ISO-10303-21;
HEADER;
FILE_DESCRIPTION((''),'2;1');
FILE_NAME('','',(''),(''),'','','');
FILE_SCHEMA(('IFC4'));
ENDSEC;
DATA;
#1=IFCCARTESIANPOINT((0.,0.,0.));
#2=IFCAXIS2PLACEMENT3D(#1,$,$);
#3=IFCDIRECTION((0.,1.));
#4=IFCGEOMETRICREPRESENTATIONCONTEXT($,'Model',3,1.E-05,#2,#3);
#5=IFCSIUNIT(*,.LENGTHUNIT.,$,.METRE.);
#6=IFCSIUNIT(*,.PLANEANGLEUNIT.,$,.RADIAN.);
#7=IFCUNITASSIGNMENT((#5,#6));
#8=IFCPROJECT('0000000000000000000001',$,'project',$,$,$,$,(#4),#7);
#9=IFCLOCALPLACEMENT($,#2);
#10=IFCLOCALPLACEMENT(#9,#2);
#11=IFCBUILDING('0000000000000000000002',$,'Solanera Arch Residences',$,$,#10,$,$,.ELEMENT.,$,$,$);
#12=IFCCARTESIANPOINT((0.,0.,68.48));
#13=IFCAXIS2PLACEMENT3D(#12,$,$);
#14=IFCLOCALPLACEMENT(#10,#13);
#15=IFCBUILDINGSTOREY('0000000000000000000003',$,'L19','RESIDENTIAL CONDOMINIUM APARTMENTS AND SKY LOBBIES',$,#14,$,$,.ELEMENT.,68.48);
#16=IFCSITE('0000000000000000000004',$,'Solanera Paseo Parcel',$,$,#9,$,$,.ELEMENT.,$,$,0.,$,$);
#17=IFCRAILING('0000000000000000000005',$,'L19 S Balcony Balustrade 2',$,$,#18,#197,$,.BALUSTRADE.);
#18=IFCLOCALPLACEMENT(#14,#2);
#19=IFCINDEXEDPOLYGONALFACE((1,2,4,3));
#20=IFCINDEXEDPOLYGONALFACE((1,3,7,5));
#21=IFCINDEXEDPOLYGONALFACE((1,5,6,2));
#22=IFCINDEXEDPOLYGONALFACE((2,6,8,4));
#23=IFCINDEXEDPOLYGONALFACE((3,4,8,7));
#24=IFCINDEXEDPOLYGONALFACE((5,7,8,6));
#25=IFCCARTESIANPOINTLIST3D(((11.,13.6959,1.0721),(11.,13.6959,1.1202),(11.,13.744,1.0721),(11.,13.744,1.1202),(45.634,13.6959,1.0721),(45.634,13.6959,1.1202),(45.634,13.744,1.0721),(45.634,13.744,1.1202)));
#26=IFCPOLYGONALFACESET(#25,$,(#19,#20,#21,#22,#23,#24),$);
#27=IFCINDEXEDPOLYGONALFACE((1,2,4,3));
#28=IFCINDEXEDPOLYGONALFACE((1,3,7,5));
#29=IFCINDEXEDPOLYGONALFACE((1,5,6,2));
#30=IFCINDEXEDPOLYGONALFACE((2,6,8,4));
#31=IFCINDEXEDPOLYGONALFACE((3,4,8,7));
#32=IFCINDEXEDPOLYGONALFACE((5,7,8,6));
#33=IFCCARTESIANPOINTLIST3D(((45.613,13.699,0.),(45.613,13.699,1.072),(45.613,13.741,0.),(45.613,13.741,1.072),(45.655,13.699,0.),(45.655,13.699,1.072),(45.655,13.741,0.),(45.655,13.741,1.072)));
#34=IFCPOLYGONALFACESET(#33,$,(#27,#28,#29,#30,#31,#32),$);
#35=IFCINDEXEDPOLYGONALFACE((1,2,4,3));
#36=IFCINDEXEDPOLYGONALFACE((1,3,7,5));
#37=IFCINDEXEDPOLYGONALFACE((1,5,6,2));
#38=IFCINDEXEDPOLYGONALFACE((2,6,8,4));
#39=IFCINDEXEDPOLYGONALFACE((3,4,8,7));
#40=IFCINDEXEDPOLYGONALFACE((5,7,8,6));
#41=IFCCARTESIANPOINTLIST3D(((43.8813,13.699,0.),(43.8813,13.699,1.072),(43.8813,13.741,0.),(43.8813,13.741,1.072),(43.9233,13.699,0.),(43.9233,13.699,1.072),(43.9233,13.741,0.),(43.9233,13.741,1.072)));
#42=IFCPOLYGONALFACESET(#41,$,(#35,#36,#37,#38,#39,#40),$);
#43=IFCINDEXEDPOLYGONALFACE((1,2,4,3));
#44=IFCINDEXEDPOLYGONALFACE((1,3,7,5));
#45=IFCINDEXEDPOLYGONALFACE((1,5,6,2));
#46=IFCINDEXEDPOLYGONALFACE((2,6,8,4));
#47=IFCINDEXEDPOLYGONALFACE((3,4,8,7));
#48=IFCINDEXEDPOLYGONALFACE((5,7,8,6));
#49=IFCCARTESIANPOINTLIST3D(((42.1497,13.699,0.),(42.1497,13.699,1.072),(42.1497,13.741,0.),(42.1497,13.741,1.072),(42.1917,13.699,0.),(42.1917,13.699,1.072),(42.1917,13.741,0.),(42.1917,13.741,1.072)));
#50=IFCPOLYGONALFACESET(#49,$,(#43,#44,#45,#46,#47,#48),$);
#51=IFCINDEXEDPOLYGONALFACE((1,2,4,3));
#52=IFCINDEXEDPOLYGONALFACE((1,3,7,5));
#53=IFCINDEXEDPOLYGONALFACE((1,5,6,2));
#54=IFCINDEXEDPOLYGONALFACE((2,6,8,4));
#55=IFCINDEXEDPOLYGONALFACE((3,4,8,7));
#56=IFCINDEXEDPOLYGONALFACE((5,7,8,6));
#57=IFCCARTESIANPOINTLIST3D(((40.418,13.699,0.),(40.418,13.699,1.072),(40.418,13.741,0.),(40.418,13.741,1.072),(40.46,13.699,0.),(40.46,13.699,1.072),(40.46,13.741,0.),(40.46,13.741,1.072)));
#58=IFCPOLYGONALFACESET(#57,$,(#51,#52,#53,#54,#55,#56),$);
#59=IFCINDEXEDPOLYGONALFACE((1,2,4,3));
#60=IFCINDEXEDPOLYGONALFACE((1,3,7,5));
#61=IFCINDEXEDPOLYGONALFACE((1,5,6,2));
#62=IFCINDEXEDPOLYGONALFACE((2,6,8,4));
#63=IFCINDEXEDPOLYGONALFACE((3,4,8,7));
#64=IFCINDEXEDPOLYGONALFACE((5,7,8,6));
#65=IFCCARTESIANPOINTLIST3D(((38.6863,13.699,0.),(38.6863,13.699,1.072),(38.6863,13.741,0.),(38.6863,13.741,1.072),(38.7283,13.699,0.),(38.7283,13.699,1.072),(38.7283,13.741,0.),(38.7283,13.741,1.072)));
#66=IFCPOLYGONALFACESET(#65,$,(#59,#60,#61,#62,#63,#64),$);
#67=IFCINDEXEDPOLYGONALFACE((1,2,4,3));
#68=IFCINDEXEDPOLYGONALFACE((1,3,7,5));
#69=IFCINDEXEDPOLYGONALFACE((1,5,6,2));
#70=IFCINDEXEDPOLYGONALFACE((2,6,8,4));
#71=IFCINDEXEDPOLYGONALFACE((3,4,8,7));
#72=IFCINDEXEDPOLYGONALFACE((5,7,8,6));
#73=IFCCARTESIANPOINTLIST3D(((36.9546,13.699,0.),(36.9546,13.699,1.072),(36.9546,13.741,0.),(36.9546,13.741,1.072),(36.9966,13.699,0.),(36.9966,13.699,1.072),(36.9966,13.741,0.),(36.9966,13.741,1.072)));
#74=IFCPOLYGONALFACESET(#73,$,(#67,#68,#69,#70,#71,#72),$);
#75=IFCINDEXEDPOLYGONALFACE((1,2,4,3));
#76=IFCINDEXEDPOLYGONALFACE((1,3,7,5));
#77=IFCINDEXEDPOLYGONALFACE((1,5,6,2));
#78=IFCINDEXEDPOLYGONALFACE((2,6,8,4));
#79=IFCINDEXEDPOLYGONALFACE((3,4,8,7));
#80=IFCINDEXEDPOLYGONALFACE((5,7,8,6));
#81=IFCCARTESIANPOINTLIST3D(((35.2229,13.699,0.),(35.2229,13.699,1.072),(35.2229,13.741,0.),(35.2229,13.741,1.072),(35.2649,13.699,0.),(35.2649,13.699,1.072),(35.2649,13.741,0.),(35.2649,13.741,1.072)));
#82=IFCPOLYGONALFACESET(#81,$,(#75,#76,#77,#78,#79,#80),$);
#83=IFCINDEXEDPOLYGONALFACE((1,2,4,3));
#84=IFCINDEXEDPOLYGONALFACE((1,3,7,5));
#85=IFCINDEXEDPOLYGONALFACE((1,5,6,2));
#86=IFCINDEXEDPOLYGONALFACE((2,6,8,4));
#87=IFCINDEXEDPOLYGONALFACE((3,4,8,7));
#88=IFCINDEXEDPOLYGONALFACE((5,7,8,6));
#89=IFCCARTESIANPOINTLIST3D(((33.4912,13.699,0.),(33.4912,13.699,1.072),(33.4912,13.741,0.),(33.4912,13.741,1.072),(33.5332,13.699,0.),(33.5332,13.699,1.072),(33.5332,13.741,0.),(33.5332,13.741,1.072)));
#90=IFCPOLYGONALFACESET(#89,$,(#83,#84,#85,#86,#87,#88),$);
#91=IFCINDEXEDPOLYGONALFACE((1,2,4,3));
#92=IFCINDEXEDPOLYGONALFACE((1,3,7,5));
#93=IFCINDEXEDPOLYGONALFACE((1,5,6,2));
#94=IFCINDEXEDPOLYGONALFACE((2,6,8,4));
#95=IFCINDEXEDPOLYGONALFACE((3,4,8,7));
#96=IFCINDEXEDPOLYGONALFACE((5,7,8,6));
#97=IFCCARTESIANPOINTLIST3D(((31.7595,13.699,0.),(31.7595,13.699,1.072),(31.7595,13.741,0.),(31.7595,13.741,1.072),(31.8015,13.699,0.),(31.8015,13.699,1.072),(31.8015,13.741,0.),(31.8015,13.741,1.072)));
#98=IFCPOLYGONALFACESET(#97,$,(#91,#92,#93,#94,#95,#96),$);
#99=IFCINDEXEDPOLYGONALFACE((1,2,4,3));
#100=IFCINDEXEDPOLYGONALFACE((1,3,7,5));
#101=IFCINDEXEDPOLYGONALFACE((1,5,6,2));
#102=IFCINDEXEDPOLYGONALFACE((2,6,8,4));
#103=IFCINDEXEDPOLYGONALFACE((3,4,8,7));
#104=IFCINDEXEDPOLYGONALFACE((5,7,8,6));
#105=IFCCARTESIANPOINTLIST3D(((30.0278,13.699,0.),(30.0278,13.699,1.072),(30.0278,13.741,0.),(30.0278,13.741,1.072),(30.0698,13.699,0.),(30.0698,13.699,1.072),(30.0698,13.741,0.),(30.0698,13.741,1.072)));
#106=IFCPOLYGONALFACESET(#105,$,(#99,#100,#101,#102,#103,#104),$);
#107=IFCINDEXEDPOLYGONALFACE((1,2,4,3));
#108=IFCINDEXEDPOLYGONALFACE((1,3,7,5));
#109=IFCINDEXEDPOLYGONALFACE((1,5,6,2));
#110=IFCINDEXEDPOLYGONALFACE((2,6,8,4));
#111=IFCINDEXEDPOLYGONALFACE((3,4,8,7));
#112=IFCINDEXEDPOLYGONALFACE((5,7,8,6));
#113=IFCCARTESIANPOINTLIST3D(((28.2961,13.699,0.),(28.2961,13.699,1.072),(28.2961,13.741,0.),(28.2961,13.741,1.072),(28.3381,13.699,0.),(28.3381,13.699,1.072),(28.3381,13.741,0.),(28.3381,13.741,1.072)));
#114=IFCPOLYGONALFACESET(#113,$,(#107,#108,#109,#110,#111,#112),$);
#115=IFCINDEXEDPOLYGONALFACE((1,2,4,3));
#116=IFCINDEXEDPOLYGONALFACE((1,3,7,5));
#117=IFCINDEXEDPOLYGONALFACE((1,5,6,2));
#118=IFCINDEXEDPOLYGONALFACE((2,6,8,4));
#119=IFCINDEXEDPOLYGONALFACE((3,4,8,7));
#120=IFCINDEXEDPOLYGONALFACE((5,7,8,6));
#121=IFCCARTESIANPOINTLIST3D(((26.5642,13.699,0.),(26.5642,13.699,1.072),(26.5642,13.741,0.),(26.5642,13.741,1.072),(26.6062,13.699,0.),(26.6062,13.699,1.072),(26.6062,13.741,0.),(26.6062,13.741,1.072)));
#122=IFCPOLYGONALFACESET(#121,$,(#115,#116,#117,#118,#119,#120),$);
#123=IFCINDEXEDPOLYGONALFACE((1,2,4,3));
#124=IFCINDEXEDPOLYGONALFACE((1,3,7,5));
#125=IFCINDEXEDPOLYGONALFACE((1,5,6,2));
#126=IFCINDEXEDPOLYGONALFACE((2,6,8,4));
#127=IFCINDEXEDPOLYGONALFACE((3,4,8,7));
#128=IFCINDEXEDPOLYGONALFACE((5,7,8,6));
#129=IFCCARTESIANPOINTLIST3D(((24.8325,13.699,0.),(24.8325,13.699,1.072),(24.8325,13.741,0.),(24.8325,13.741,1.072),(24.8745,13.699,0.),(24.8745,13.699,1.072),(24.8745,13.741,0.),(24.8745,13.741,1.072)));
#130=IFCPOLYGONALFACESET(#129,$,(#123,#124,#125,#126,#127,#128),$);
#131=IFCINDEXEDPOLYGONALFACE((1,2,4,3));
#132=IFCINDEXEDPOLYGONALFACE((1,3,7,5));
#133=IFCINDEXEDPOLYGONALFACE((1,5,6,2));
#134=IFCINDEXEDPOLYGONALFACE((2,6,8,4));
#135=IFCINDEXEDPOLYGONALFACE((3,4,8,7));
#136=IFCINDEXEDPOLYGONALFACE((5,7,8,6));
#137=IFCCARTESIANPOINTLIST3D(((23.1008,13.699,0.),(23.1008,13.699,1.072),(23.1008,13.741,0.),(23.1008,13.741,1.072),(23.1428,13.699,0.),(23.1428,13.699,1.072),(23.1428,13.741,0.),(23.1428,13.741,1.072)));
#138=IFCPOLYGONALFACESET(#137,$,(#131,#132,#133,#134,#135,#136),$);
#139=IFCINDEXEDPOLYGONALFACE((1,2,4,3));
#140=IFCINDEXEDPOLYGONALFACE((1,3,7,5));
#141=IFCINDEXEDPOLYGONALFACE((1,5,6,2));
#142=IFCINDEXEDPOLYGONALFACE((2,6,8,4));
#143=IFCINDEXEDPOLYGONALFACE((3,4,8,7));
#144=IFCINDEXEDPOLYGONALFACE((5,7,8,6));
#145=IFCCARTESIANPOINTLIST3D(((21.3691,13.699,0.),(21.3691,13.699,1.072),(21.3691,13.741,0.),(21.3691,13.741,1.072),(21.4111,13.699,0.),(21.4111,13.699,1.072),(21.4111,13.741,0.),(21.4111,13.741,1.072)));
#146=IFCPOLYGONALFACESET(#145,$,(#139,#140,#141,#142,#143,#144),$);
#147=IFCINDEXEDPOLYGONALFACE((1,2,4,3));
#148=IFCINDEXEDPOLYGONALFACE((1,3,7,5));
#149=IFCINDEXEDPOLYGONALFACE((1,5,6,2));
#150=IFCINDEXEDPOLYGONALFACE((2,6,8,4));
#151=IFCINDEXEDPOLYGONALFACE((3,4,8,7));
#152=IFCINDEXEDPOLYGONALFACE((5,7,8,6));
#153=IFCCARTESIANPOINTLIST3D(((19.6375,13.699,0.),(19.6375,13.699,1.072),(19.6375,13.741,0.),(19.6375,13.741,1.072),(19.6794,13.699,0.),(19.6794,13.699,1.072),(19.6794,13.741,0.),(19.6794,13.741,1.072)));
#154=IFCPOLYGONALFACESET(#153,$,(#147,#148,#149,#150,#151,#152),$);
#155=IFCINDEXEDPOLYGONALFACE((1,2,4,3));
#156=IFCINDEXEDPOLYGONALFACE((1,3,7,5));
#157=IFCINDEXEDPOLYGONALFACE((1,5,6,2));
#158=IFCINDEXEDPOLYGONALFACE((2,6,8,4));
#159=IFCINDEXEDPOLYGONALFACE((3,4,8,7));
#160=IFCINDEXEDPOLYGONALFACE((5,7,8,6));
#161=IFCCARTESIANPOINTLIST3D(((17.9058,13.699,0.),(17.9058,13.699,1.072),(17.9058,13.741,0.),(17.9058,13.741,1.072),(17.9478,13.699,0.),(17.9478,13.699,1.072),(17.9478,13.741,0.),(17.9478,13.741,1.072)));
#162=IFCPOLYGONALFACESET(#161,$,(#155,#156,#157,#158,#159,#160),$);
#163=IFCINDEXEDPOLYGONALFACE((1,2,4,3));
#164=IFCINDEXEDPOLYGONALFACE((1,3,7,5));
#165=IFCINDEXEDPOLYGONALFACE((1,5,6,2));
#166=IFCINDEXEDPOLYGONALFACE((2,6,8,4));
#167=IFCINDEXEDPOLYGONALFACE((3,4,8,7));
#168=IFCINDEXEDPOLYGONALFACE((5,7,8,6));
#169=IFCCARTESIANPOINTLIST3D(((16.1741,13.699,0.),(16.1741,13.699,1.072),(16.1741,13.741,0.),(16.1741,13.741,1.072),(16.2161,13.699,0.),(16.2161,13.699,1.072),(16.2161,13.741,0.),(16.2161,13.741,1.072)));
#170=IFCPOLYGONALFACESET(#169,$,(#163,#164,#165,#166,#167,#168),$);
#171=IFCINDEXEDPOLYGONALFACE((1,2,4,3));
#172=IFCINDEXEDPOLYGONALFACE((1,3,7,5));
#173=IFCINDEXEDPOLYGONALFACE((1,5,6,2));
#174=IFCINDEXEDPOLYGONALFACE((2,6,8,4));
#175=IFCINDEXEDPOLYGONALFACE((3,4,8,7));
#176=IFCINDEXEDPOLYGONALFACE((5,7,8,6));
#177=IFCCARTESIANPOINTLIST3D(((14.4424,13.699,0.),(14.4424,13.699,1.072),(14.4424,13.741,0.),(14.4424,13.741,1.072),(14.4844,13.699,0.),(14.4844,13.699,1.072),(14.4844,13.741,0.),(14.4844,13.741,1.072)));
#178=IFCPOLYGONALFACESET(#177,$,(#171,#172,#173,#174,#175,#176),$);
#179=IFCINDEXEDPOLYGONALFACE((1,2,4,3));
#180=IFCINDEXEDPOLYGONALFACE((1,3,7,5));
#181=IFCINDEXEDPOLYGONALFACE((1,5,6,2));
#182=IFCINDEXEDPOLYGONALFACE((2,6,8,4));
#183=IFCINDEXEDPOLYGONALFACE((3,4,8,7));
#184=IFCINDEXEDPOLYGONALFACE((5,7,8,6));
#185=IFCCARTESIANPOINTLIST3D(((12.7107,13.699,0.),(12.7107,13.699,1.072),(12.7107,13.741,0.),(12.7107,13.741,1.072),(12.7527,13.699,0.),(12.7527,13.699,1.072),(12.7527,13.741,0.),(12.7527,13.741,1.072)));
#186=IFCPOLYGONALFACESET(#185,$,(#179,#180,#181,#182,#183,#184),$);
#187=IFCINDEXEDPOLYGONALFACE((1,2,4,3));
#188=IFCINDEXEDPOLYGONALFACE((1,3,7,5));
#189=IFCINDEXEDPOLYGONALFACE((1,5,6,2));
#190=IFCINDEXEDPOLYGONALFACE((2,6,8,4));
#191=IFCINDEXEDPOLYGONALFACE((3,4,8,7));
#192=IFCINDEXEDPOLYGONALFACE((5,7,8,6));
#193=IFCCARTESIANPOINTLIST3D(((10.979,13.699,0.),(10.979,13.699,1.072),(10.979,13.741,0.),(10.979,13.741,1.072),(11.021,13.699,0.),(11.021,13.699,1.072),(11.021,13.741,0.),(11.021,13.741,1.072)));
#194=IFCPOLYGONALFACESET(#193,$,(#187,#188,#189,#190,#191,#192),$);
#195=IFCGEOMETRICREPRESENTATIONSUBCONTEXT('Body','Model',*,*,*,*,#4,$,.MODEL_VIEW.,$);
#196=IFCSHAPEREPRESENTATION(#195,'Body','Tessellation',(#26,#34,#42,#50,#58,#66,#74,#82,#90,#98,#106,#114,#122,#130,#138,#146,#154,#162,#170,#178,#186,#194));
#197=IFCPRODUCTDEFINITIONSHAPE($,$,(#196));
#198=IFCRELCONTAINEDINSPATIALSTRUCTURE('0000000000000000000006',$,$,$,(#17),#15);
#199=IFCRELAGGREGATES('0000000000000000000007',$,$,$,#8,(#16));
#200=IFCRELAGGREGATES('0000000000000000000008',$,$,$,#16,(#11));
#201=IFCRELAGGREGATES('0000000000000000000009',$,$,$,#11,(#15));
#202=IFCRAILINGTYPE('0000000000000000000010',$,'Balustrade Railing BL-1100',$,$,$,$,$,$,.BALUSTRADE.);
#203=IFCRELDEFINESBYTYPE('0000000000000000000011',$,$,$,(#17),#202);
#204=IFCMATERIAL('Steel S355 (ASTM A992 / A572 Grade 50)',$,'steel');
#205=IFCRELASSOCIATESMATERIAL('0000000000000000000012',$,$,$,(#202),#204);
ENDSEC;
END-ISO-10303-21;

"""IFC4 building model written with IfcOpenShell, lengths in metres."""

from ifc_helpers import new_model, si_unit, direction, frame, origin, origin_2d, place, context, subcontext, project, spatial, rectangle, extrude, material, type_object, element, save


model = new_model("IFC4")

# Units and contexts
model_context = context("Model", 3, precision=1e-05, world=origin(), true_north=direction((0.0, 1.0)))
body_context = subcontext(model_context, "Body", "Model", "MODEL_VIEW")
ifc_project = project(units=[si_unit("LENGTHUNIT", "METRE"), si_unit("PLANEANGLEUNIT", "RADIAN")], contexts=[model_context])

# Site, building, storey
site_placement = place(None, origin())
site = spatial("IfcSite", under=ifc_project, at=site_placement, Name="Solanera Paseo Parcel", CompositionType="ELEMENT", RefElevation=0.0)
building_placement = place(site_placement, origin())
building = spatial("IfcBuilding", under=site, at=building_placement, Name="Solanera Arch Residences", CompositionType="ELEMENT")
storey_placement = place(building_placement, frame((0.0, 0.0, 68.48)))
storey = spatial("IfcBuildingStorey", under=building, at=storey_placement, Name="L19", Description="RESIDENTIAL CONDOMINIUM APARTMENTS AND SKY LOBBIES", CompositionType="ELEMENT", Elevation=68.48)

# Railing
ifc_material_1 = material(Name="Steel S355 (ASTM A992 / A572 Grade 50)", Category="steel")
railing_type = type_object("IfcRailingType", Name="Balustrade Railing BL-1100", PredefinedType="BALUSTRADE", material=ifc_material_1)
railing_1_placement = place(storey_placement, frame((45.634, 13.72, 0.0)))
element("IfcRailing", 1, at=railing_1_placement, inside=storey, type_object=railing_type, Name="L19 S Balcony Balustrade 2", PredefinedType="BALUSTRADE", context=body_context, shape_type="SweptSolid", body=[
    extrude(rectangle(XDim=0.0481, YDim=0.0481, at=origin_2d()), frame((0.0, 0.0, 1.0962), z_axis=(-1.0, 0.0, 0.0), x_axis=(0.0, -1.0, 0.0)), (0.0, 0.0, 1.0), 34.634),
    extrude(rectangle(XDim=0.042, YDim=0.042, at=origin_2d()), origin(), (0.0, 0.0, 1.0), 1.072),
    extrude(rectangle(XDim=0.042, YDim=0.042, at=origin_2d()), frame((-1.7317, 0.0, 0.0)), (0.0, 0.0, 1.0), 1.072),
    extrude(rectangle(XDim=0.042, YDim=0.042, at=origin_2d()), frame((-3.4634, 0.0, 0.0)), (0.0, 0.0, 1.0), 1.072),
    extrude(rectangle(XDim=0.042, YDim=0.042, at=origin_2d()), frame((-5.1951, 0.0, 0.0)), (0.0, 0.0, 1.0), 1.072),
    extrude(rectangle(XDim=0.042, YDim=0.042, at=origin_2d()), frame((-6.9268, 0.0, 0.0)), (0.0, 0.0, 1.0), 1.072),
    extrude(rectangle(XDim=0.042, YDim=0.042, at=origin_2d()), frame((-8.6584, 0.0, 0.0)), (0.0, 0.0, 1.0), 1.072),
    extrude(rectangle(XDim=0.042, YDim=0.042, at=origin_2d()), frame((-10.3901, 0.0, 0.0)), (0.0, 0.0, 1.0), 1.072),
    extrude(rectangle(XDim=0.042, YDim=0.042, at=origin_2d()), frame((-12.1218, 0.0, 0.0)), (0.0, 0.0, 1.0), 1.072),
    extrude(rectangle(XDim=0.042, YDim=0.042, at=origin_2d()), frame((-13.8535, 0.0, 0.0)), (0.0, 0.0, 1.0), 1.072),
    extrude(rectangle(XDim=0.042, YDim=0.042, at=origin_2d()), frame((-15.5852, 0.0, 0.0)), (0.0, 0.0, 1.0), 1.072),
    extrude(rectangle(XDim=0.042, YDim=0.042, at=origin_2d()), frame((-17.3169, 0.0, 0.0)), (0.0, 0.0, 1.0), 1.072),
    extrude(rectangle(XDim=0.042, YDim=0.042, at=origin_2d()), frame((-19.0488, 0.0, 0.0)), (0.0, 0.0, 1.0), 1.072),
    extrude(rectangle(XDim=0.042, YDim=0.042, at=origin_2d()), frame((-20.7805, 0.0, 0.0)), (0.0, 0.0, 1.0), 1.072),
    extrude(rectangle(XDim=0.042, YDim=0.042, at=origin_2d()), frame((-22.5122, 0.0, 0.0)), (0.0, 0.0, 1.0), 1.072),
    extrude(rectangle(XDim=0.042, YDim=0.042, at=origin_2d()), frame((-24.2439, 0.0, 0.0)), (0.0, 0.0, 1.0), 1.072),
    extrude(rectangle(XDim=0.042, YDim=0.042, at=origin_2d()), frame((-25.9756, 0.0, 0.0)), (0.0, 0.0, 1.0), 1.072),
    extrude(rectangle(XDim=0.042, YDim=0.042, at=origin_2d()), frame((-27.7073, 0.0, 0.0)), (0.0, 0.0, 1.0), 1.072),
    extrude(rectangle(XDim=0.042, YDim=0.042, at=origin_2d()), frame((-29.439, 0.0, 0.0)), (0.0, 0.0, 1.0), 1.072),
    extrude(rectangle(XDim=0.042, YDim=0.042, at=origin_2d()), frame((-31.1707, 0.0, 0.0)), (0.0, 0.0, 1.0), 1.072),
    extrude(rectangle(XDim=0.042, YDim=0.042, at=origin_2d()), frame((-32.9023, 0.0, 0.0)), (0.0, 0.0, 1.0), 1.072),
    extrude(rectangle(XDim=0.042, YDim=0.042, at=origin_2d()), frame((-34.634, 0.0, 0.0)), (0.0, 0.0, 1.0), 1.072),
])

save(model, "model.ifc")
